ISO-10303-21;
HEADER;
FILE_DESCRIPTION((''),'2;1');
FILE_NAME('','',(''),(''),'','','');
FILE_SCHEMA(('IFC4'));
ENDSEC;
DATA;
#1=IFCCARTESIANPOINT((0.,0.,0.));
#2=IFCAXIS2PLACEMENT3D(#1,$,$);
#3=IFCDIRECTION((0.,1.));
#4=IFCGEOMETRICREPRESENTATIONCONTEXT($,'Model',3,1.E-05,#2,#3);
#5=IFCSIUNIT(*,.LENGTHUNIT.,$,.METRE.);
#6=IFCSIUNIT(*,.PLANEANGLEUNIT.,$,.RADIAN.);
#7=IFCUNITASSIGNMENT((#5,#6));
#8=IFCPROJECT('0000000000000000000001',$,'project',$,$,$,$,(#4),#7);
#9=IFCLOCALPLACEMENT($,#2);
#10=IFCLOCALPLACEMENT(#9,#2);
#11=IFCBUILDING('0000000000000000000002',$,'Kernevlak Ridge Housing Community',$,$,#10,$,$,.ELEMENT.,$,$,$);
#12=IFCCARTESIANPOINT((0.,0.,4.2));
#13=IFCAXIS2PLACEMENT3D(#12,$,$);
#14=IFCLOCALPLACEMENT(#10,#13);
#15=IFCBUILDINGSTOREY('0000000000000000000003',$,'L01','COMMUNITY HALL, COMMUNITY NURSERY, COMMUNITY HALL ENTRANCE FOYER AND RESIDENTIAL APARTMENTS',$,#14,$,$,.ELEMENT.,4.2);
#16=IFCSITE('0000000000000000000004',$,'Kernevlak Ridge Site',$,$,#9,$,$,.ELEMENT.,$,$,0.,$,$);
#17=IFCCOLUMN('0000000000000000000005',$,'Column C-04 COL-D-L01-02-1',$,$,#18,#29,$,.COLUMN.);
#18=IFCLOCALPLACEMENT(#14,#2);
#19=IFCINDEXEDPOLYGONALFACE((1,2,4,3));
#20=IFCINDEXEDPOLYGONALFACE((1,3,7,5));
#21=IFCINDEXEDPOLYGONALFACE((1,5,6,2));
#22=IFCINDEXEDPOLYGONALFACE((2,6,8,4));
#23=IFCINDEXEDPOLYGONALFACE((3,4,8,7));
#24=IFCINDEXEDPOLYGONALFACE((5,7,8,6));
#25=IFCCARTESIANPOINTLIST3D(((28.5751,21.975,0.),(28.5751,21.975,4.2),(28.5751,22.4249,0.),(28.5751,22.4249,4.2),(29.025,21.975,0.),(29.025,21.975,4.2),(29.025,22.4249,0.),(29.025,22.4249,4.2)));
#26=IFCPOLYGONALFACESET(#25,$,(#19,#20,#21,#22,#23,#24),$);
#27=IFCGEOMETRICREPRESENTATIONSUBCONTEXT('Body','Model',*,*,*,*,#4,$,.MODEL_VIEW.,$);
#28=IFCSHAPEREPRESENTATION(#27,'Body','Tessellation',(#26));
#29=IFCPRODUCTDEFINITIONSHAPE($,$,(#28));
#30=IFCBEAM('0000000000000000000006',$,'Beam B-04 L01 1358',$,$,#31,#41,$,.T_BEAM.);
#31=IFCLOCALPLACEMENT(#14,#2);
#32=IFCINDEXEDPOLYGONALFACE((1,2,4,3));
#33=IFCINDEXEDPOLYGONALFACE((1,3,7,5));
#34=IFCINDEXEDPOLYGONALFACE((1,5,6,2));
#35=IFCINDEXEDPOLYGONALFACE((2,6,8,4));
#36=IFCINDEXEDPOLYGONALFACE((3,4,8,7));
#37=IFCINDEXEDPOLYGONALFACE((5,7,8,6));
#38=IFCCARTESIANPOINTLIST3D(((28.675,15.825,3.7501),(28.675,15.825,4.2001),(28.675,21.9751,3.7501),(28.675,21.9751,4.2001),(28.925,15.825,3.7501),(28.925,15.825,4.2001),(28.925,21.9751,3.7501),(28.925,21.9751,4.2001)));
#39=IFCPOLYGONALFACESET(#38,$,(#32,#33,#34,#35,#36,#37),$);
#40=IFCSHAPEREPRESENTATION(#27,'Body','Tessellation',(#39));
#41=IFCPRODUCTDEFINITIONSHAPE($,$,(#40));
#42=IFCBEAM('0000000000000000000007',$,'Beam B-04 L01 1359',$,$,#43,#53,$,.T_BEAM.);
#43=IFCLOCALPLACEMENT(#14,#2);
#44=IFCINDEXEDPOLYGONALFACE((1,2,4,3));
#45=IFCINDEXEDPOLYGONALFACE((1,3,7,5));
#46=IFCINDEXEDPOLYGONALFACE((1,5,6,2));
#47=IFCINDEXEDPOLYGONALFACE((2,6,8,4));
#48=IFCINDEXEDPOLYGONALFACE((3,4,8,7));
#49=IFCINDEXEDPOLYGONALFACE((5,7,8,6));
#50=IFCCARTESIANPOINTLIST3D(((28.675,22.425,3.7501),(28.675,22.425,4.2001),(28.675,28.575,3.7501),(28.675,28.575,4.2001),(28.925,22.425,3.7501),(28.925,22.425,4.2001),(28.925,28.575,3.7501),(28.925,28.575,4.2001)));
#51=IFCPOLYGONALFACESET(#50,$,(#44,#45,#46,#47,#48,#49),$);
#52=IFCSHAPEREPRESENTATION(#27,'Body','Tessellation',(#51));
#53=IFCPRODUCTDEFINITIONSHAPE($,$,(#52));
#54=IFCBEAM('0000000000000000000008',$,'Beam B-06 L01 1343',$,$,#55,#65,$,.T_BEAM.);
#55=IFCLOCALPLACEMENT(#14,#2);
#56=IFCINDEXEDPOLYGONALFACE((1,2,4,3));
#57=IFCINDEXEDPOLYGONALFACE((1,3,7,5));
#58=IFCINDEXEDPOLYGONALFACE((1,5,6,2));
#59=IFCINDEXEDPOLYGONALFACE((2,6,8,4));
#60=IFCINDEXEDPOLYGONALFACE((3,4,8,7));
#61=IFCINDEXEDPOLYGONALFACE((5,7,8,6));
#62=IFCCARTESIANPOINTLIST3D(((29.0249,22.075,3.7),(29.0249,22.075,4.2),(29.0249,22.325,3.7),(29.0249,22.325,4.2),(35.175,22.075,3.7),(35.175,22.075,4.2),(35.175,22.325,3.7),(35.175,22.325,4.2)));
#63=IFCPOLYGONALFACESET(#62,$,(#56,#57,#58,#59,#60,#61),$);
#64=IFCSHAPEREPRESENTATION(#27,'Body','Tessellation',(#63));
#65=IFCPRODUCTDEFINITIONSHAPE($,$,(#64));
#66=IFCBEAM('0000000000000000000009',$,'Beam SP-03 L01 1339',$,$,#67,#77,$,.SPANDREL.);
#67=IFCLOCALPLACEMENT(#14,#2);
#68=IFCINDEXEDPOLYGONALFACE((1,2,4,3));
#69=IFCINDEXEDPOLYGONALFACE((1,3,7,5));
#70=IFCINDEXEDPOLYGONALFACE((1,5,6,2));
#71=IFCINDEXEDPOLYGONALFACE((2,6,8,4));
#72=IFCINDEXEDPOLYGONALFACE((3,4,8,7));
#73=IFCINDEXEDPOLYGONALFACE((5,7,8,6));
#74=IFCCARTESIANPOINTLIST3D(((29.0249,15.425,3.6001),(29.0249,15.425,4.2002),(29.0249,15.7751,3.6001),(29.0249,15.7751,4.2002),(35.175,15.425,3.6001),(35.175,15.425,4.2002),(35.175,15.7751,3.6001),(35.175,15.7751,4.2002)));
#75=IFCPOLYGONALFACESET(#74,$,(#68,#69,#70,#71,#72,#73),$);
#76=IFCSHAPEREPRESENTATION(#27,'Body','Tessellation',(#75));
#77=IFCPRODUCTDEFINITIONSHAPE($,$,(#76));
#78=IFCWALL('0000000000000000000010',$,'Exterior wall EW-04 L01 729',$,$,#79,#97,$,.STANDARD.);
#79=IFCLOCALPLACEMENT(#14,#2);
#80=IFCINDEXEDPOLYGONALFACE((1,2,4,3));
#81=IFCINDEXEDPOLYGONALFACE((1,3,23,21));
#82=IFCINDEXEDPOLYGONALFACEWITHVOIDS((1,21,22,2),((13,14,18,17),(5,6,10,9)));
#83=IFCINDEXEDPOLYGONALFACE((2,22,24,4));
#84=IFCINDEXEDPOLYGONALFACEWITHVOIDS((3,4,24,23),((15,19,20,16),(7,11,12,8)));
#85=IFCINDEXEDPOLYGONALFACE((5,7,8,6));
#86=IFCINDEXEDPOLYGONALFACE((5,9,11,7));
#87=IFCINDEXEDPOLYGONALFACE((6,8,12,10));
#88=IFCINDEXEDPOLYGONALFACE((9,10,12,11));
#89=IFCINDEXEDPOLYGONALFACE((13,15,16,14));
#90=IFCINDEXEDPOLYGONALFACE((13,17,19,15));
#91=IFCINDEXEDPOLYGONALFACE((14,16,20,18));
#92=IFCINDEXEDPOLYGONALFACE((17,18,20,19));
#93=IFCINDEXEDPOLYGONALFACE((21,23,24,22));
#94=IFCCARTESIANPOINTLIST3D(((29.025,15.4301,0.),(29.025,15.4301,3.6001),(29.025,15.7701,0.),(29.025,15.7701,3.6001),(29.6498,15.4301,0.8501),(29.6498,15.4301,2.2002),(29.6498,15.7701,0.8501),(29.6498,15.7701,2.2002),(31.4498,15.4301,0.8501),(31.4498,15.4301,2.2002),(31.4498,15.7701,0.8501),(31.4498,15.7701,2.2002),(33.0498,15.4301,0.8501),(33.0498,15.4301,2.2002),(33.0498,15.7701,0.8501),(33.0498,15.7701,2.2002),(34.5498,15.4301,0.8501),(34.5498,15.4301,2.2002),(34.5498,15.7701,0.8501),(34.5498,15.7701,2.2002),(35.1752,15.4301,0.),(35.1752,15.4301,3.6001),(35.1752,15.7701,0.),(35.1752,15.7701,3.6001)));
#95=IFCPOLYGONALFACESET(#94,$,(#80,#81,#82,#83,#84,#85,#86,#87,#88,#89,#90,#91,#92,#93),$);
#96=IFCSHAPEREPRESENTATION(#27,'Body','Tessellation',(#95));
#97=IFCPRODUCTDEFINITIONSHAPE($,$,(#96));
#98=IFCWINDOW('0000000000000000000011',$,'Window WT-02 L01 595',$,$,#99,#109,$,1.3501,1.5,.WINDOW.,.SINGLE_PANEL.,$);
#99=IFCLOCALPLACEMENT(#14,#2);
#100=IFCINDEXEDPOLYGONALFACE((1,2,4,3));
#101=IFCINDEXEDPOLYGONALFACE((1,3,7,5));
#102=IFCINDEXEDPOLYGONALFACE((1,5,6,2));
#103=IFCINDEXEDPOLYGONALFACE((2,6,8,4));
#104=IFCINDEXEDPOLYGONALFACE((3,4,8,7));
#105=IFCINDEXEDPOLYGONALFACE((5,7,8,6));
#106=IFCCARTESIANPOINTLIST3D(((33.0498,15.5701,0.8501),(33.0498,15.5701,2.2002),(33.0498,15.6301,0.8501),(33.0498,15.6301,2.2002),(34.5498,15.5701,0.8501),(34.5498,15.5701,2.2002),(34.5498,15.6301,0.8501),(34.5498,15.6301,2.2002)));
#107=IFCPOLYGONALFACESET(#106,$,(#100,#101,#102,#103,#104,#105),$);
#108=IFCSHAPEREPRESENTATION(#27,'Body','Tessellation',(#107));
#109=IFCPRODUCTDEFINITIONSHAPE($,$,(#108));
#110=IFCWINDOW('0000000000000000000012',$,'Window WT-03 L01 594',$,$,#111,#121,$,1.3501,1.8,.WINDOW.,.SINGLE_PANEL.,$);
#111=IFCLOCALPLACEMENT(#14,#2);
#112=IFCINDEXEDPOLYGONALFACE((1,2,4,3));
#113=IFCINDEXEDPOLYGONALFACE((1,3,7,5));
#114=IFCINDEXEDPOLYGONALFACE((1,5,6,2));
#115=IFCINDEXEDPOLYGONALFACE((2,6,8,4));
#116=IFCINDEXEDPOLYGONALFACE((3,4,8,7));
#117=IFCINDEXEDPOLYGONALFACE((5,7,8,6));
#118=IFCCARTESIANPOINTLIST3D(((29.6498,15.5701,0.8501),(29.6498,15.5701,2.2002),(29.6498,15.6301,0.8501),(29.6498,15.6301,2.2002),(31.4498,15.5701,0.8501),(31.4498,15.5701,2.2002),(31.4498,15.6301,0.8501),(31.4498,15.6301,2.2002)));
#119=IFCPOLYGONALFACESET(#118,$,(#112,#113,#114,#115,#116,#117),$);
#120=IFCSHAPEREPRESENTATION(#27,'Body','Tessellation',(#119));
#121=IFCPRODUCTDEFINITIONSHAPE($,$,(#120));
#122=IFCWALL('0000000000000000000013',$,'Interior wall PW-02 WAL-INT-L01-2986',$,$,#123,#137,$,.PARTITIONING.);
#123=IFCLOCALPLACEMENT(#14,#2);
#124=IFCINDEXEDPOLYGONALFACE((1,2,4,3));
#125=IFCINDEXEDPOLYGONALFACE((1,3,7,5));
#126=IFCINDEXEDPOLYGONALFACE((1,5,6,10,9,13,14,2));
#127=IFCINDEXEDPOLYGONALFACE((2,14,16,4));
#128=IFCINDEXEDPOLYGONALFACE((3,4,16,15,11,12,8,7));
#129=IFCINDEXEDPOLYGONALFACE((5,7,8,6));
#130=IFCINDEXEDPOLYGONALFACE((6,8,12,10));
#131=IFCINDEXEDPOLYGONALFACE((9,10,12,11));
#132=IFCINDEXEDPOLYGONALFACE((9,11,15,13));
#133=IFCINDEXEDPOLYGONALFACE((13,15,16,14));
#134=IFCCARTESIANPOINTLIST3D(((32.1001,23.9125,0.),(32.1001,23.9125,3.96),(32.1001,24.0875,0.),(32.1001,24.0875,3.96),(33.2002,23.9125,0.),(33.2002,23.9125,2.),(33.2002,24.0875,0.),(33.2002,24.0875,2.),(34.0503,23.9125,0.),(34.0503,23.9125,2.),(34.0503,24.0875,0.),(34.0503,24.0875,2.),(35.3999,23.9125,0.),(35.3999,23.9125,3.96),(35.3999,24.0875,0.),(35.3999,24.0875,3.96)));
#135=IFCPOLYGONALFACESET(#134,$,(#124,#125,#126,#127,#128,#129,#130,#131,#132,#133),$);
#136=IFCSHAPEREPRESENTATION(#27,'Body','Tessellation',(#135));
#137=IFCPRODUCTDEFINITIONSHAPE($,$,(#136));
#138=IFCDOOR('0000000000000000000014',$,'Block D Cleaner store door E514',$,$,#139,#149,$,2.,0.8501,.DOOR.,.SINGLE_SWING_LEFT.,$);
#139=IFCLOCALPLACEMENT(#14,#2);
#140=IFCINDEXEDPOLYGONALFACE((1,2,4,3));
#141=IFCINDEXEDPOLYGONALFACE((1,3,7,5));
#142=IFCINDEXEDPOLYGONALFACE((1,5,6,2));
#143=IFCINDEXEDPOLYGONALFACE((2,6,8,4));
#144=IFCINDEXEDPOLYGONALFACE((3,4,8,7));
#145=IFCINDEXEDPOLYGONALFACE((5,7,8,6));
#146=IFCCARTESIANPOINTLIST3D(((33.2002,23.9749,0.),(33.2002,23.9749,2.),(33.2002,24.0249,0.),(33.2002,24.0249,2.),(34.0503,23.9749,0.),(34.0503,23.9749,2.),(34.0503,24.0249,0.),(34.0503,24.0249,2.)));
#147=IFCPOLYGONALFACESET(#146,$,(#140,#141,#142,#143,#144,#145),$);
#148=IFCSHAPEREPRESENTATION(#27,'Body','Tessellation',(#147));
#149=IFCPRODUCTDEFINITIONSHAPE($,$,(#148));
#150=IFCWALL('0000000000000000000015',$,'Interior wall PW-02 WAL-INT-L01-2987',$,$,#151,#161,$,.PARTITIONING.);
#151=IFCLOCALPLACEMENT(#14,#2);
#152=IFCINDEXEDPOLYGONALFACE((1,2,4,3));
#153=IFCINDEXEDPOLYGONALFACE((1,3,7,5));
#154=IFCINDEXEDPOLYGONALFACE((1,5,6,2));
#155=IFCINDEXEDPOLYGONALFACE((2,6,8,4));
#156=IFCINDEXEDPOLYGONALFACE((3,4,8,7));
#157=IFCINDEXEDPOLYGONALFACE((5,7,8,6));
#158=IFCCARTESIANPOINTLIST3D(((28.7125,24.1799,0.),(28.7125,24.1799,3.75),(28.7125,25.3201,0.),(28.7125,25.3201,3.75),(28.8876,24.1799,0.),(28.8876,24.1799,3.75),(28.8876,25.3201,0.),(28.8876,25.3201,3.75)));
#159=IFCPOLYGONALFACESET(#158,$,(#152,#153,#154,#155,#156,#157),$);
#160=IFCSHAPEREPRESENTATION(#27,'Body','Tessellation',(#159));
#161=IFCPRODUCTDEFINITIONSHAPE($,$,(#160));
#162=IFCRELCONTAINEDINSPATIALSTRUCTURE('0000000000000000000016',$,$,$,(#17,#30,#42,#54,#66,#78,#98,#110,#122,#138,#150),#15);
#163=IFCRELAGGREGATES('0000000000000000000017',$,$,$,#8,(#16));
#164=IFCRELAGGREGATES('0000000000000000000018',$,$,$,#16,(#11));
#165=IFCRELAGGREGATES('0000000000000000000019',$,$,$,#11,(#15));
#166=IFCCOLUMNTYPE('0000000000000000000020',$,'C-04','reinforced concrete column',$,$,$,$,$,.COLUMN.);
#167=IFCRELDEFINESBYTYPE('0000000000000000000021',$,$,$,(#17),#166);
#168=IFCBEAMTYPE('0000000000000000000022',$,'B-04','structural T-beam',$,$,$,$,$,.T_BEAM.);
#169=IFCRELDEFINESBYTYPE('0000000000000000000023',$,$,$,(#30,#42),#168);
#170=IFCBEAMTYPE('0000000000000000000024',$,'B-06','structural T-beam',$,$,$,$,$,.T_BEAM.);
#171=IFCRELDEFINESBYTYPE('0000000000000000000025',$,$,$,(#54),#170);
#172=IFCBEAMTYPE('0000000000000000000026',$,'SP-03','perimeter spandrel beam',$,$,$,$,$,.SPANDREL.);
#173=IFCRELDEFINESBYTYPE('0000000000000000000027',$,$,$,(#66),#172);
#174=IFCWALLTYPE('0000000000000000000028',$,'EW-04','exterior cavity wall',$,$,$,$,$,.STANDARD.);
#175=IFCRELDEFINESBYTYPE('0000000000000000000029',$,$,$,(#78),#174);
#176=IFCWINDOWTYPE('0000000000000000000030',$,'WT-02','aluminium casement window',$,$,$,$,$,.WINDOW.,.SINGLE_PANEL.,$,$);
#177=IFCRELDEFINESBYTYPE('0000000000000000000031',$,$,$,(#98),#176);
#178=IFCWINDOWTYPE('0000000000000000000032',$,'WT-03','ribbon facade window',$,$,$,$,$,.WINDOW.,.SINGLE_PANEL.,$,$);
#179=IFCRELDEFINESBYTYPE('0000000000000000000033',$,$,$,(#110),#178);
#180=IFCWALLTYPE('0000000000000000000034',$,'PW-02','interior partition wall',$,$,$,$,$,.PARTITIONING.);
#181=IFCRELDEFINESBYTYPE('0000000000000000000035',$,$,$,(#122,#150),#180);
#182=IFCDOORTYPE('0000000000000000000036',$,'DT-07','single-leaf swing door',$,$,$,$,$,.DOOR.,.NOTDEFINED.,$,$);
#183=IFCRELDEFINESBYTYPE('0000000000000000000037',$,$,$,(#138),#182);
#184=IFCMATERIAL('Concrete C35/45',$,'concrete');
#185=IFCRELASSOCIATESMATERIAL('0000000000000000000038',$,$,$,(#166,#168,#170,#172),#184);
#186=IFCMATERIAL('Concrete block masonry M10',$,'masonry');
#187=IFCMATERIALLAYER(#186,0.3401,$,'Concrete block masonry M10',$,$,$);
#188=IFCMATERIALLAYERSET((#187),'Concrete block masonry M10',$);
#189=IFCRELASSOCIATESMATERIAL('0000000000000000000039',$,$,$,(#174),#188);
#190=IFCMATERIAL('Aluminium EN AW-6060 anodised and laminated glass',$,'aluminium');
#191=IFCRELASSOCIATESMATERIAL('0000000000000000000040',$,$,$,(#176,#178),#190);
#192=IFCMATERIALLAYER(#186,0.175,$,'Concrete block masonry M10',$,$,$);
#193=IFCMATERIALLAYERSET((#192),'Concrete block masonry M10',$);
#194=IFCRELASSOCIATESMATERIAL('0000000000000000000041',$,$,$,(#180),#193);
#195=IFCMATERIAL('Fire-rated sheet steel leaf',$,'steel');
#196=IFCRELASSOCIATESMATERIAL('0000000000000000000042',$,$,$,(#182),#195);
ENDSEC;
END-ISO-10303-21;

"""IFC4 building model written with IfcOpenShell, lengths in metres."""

from ifc_helpers import new_model, si_unit, direction, frame, frame_2d, origin, origin_2d, place, context, subcontext, project, spatial, rectangle, extrude, material, layer, layer_set, material_profile, profile_set, type_object, element, fill, save


model = new_model("IFC4")

# Units and contexts
model_context = context("Model", 3, precision=1e-05, world=origin(), true_north=direction((0.0, 1.0)))
body_context = subcontext(model_context, "Body", "Model", "MODEL_VIEW")
ifc_project = project(units=[si_unit("LENGTHUNIT", "METRE"), si_unit("PLANEANGLEUNIT", "RADIAN")], contexts=[model_context])

# Site, building, storey
site_placement = place(None, origin())
site = spatial("IfcSite", under=ifc_project, at=site_placement, Name="Kernevlak Ridge Site", CompositionType="ELEMENT", RefElevation=0.0)
building_placement = place(site_placement, origin())
building = spatial("IfcBuilding", under=site, at=building_placement, Name="Kernevlak Ridge Housing Community", CompositionType="ELEMENT")
storey_placement = place(building_placement, frame((0.0, 0.0, 4.2)))
storey = spatial("IfcBuildingStorey", under=building, at=storey_placement, Name="L01", Description="COMMUNITY HALL, COMMUNITY NURSERY, COMMUNITY HALL ENTRANCE FOYER AND RESIDENTIAL APARTMENTS", CompositionType="ELEMENT", Elevation=4.2)

# Column
ifc_material_1 = material(Name="Concrete C35/45", Category="concrete")
ifc_material_profile_1 = material_profile(ifc_material_1, rectangle(XDim=0.45, YDim=0.45, at=origin_2d()), Name="RC 450x450")
ifc_profile_set_1 = profile_set([ifc_material_profile_1], Name="Concrete C35/45")
column_type = type_object("IfcColumnType", Name="C-04", Description="reinforced concrete column", PredefinedType="COLUMN", material=ifc_profile_set_1)
column_placement = place(storey_placement, frame((28.8, 22.2, 0.0), z_axis=(0.0, 0.0, 1.0), x_axis=(1.0, 0.0, 0.0)))
element("IfcColumn", 1, at=column_placement, inside=storey, type_object=column_type, Name="Column C-04 COL-D-L01-02-1", PredefinedType="COLUMN", context=body_context, shape_type="SweptSolid", body=[
    extrude(rectangle(XDim=0.45, YDim=0.45, at=origin_2d()), origin(), (0.0, 0.0, 1.0), 4.2),
])

# Beams
ifc_material_profile_2 = material_profile(ifc_material_1, rectangle(XDim=0.25, YDim=0.45, at=origin_2d()), Name="RC 250x450")
ifc_profile_set_2 = profile_set([ifc_material_profile_2], Name="Concrete C35/45")
beam_type_1 = type_object("IfcBeamType", Name="B-04", Description="structural T-beam", PredefinedType="T_BEAM", material=ifc_profile_set_2)
beam_1_placement = place(storey_placement, frame((28.8, 15.825, 3.9751), z_axis=(0.0, 1.0, 0.0), x_axis=(-1.0, 0.0, 0.0)))
element("IfcBeam", 2, at=beam_1_placement, inside=storey, type_object=beam_type_1, Name="Beam B-04 L01 1358", PredefinedType="T_BEAM", context=body_context, shape_type="SweptSolid", body=[
    extrude(rectangle(XDim=0.25, YDim=0.45, at=origin_2d()), origin(), (0.0, 0.0, 1.0), 6.1501),
])
beam_2_placement = place(storey_placement, frame((28.8, 22.425, 3.9751), z_axis=(0.0, 1.0, 0.0), x_axis=(-1.0, 0.0, 0.0)))
element("IfcBeam", 3, at=beam_2_placement, inside=storey, type_object=beam_type_1, Name="Beam B-04 L01 1359", PredefinedType="T_BEAM", context=body_context, shape_type="SweptSolid", body=[
    extrude(rectangle(XDim=0.25, YDim=0.45, at=origin_2d()), origin(), (0.0, 0.0, 1.0), 6.1499),
])
ifc_material_profile_3 = material_profile(ifc_material_1, rectangle(XDim=0.25, YDim=0.5, at=origin_2d()), Name="RC 250x500")
ifc_profile_set_3 = profile_set([ifc_material_profile_3], Name="Concrete C35/45")
beam_type_2 = type_object("IfcBeamType", Name="B-06", Description="structural T-beam", PredefinedType="T_BEAM", material=ifc_profile_set_3)
beam_3_placement = place(storey_placement, frame((29.0249, 22.2, 3.95), z_axis=(1.0, 0.0, 0.0), x_axis=(0.0, 1.0, 0.0)))
element("IfcBeam", 4, at=beam_3_placement, inside=storey, type_object=beam_type_2, Name="Beam B-06 L01 1343", PredefinedType="T_BEAM", context=body_context, shape_type="SweptSolid", body=[
    extrude(rectangle(XDim=0.25, YDim=0.5, at=origin_2d()), origin(), (0.0, 0.0, 1.0), 6.1501),
])
ifc_material_profile_4 = material_profile(ifc_material_1, rectangle(XDim=0.3501, YDim=0.6001, at=origin_2d()), Name="RC 350x600")
ifc_profile_set_4 = profile_set([ifc_material_profile_4], Name="Concrete C35/45")
beam_type_3 = type_object("IfcBeamType", Name="SP-03", Description="perimeter spandrel beam", PredefinedType="SPANDREL", material=ifc_profile_set_4)
beam_4_placement = place(storey_placement, frame((29.0249, 15.6001, 3.9001), z_axis=(1.0, 0.0, 0.0), x_axis=(0.0, 1.0, 0.0)))
element("IfcBeam", 5, at=beam_4_placement, inside=storey, type_object=beam_type_3, Name="Beam SP-03 L01 1339", PredefinedType="SPANDREL", context=body_context, shape_type="SweptSolid", body=[
    extrude(rectangle(XDim=0.3501, YDim=0.6001, at=origin_2d()), origin(), (0.0, 0.0, 1.0), 6.1501),
])

# Wall, openings, windows
ifc_material_2 = material(Name="Concrete block masonry M10", Category="masonry")
ifc_layer_1 = layer(ifc_material_2, 0.3401, Name="Concrete block masonry M10")
ifc_layer_set_1 = layer_set([ifc_layer_1], Name="Concrete block masonry M10")
wall_type_1 = type_object("IfcWallType", Name="EW-04", Description="exterior cavity wall", PredefinedType="STANDARD", material=ifc_layer_set_1)
wall_1_placement = place(storey_placement, frame((29.0249, 15.6001, 0.0), z_axis=(0.0, 0.0, 1.0), x_axis=(1.0, 0.0, 0.0)))
wall_1 = element("IfcWall", 6, at=wall_1_placement, inside=storey, type_object=wall_type_1, Name="Exterior wall EW-04 L01 729", PredefinedType="STANDARD", context=body_context, shape_type="SweptSolid", body=[
    extrude(rectangle(XDim=6.1501, YDim=0.3401, at=frame_2d((3.0752, 0.0))), origin(), (0.0, 0.0, 1.0), 3.6001),
])
opening_1_placement = place(wall_1_placement, frame((0.625, 0.0, 0.8501)))
opening_1 = element("IfcOpeningElement", 7, at=opening_1_placement, cuts=wall_1, PredefinedType="OPENING", context=body_context, shape_type="SweptSolid", body=[
    extrude(rectangle(XDim=1.8, YDim=1.3501, at=frame_2d((0.8999, 0.675))), frame((0.0, 0.1799, 0.0), z_axis=(0.0, -1.0, 0.0), x_axis=(1.0, 0.0, 0.0)), (0.0, 0.0, 1.0), 0.3601),
])
opening_2_placement = place(wall_1_placement, frame((4.0249, 0.0, 0.8501)))
opening_2 = element("IfcOpeningElement", 8, at=opening_2_placement, cuts=wall_1, PredefinedType="OPENING", context=body_context, shape_type="SweptSolid", body=[
    extrude(rectangle(XDim=1.5, YDim=1.3501, at=frame_2d((0.75, 0.675))), frame((0.0, 0.1799, 0.0), z_axis=(0.0, -1.0, 0.0), x_axis=(1.0, 0.0, 0.0)), (0.0, 0.0, 1.0), 0.3601),
])
ifc_material_3 = material(Name="Aluminium EN AW-6060 anodised and laminated glass", Category="aluminium")
window_type_1 = type_object("IfcWindowType", Name="WT-02", Description="aluminium casement window", PartitioningType="SINGLE_PANEL", PredefinedType="WINDOW", material=ifc_material_3)
window_1_placement = place(opening_2_placement, origin())
window_1 = element("IfcWindow", 9, at=window_1_placement, inside=storey, type_object=window_type_1, Name="Window WT-02 L01 595", OverallHeight=1.3501, OverallWidth=1.5, PartitioningType="SINGLE_PANEL", PredefinedType="WINDOW", context=body_context, shape_type="SweptSolid", body=[
    extrude(rectangle(XDim=1.5, YDim=1.3501, at=frame_2d((0.75, 0.675))), frame((0.0, 0.03, 0.0), z_axis=(0.0, -1.0, 0.0), x_axis=(1.0, 0.0, 0.0)), (0.0, 0.0, 1.0), 0.0601),
])
fill(opening_2, window_1)
window_type_2 = type_object("IfcWindowType", Name="WT-03", Description="ribbon facade window", PartitioningType="SINGLE_PANEL", PredefinedType="WINDOW", material=ifc_material_3)
window_2_placement = place(opening_1_placement, origin())
window_2 = element("IfcWindow", 10, at=window_2_placement, inside=storey, type_object=window_type_2, Name="Window WT-03 L01 594", OverallHeight=1.3501, OverallWidth=1.8, PartitioningType="SINGLE_PANEL", PredefinedType="WINDOW", context=body_context, shape_type="SweptSolid", body=[
    extrude(rectangle(XDim=1.8, YDim=1.3501, at=frame_2d((0.8999, 0.675))), frame((0.0, 0.03, 0.0), z_axis=(0.0, -1.0, 0.0), x_axis=(1.0, 0.0, 0.0)), (0.0, 0.0, 1.0), 0.0601),
])
fill(opening_1, window_2)

# Wall, opening, door
ifc_layer_2 = layer(ifc_material_2, 0.175, Name="Concrete block masonry M10")
ifc_layer_set_2 = layer_set([ifc_layer_2], Name="Concrete block masonry M10")
wall_type_2 = type_object("IfcWallType", Name="PW-02", Description="interior partition wall", PredefinedType="PARTITIONING", material=ifc_layer_set_2)
ifc_material_4 = material(Name="Fire-rated sheet steel leaf", Category="steel")
wall_2_placement = place(storey_placement, frame((32.1001, 24.0, 0.0), z_axis=(0.0, 0.0, 1.0), x_axis=(1.0, 0.0, 0.0)))
wall_2 = element("IfcWall", 11, at=wall_2_placement, inside=storey, type_object=wall_type_2, Name="Interior wall PW-02 WAL-INT-L01-2986", PredefinedType="PARTITIONING", context=body_context, shape_type="SweptSolid", body=[
    extrude(rectangle(XDim=3.2998, YDim=0.175, at=frame_2d((1.6499, 0.0))), origin(), (0.0, 0.0, 1.0), 3.96),
])
opening_3_placement = place(wall_2_placement, frame((1.1001, 0.0, 0.0)))
opening_3 = element("IfcOpeningElement", 12, at=opening_3_placement, cuts=wall_2, PredefinedType="OPENING", context=body_context, shape_type="SweptSolid", body=[
    extrude(rectangle(XDim=0.8501, YDim=2.0, at=frame_2d((0.425, 1.0))), frame((0.0, 0.0974, 0.0), z_axis=(0.0, -1.0, 0.0), x_axis=(1.0, 0.0, 0.0)), (0.0, 0.0, 1.0), 0.1951),
])
door_type_1 = type_object("IfcDoorType", Name="DT-07", Description="single-leaf swing door", OperationType="NOTDEFINED", PredefinedType="DOOR", material=ifc_material_4)
door_1_placement = place(opening_3_placement, origin())
door_1 = element("IfcDoor", 13, at=door_1_placement, inside=storey, type_object=door_type_1, Name="Block D Cleaner store door E514", OperationType="SINGLE_SWING_LEFT", OverallHeight=2.0, OverallWidth=0.8501, PredefinedType="DOOR", context=body_context, shape_type="SweptSolid", body=[
    extrude(rectangle(XDim=0.8501, YDim=2.0, at=frame_2d((0.425, 1.0))), frame((0.0, 0.0249, 0.0), z_axis=(0.0, -1.0, 0.0), x_axis=(1.0, 0.0, 0.0)), (0.0, 0.0, 1.0), 0.05),
])
fill(opening_3, door_1)

# Wall
wall_3_placement = place(storey_placement, frame((28.8, 24.1799, 0.0), z_axis=(0.0, 0.0, 1.0), x_axis=(0.0, 1.0, 0.0)))
element("IfcWall", 14, at=wall_3_placement, inside=storey, type_object=wall_type_2, Name="Interior wall PW-02 WAL-INT-L01-2987", PredefinedType="PARTITIONING", context=body_context, shape_type="SweptSolid", body=[
    extrude(rectangle(XDim=1.1401, YDim=0.175, at=frame_2d((0.5701, 0.0))), origin(), (0.0, 0.0, 1.0), 3.75),
])

save(model, "model.ifc")
